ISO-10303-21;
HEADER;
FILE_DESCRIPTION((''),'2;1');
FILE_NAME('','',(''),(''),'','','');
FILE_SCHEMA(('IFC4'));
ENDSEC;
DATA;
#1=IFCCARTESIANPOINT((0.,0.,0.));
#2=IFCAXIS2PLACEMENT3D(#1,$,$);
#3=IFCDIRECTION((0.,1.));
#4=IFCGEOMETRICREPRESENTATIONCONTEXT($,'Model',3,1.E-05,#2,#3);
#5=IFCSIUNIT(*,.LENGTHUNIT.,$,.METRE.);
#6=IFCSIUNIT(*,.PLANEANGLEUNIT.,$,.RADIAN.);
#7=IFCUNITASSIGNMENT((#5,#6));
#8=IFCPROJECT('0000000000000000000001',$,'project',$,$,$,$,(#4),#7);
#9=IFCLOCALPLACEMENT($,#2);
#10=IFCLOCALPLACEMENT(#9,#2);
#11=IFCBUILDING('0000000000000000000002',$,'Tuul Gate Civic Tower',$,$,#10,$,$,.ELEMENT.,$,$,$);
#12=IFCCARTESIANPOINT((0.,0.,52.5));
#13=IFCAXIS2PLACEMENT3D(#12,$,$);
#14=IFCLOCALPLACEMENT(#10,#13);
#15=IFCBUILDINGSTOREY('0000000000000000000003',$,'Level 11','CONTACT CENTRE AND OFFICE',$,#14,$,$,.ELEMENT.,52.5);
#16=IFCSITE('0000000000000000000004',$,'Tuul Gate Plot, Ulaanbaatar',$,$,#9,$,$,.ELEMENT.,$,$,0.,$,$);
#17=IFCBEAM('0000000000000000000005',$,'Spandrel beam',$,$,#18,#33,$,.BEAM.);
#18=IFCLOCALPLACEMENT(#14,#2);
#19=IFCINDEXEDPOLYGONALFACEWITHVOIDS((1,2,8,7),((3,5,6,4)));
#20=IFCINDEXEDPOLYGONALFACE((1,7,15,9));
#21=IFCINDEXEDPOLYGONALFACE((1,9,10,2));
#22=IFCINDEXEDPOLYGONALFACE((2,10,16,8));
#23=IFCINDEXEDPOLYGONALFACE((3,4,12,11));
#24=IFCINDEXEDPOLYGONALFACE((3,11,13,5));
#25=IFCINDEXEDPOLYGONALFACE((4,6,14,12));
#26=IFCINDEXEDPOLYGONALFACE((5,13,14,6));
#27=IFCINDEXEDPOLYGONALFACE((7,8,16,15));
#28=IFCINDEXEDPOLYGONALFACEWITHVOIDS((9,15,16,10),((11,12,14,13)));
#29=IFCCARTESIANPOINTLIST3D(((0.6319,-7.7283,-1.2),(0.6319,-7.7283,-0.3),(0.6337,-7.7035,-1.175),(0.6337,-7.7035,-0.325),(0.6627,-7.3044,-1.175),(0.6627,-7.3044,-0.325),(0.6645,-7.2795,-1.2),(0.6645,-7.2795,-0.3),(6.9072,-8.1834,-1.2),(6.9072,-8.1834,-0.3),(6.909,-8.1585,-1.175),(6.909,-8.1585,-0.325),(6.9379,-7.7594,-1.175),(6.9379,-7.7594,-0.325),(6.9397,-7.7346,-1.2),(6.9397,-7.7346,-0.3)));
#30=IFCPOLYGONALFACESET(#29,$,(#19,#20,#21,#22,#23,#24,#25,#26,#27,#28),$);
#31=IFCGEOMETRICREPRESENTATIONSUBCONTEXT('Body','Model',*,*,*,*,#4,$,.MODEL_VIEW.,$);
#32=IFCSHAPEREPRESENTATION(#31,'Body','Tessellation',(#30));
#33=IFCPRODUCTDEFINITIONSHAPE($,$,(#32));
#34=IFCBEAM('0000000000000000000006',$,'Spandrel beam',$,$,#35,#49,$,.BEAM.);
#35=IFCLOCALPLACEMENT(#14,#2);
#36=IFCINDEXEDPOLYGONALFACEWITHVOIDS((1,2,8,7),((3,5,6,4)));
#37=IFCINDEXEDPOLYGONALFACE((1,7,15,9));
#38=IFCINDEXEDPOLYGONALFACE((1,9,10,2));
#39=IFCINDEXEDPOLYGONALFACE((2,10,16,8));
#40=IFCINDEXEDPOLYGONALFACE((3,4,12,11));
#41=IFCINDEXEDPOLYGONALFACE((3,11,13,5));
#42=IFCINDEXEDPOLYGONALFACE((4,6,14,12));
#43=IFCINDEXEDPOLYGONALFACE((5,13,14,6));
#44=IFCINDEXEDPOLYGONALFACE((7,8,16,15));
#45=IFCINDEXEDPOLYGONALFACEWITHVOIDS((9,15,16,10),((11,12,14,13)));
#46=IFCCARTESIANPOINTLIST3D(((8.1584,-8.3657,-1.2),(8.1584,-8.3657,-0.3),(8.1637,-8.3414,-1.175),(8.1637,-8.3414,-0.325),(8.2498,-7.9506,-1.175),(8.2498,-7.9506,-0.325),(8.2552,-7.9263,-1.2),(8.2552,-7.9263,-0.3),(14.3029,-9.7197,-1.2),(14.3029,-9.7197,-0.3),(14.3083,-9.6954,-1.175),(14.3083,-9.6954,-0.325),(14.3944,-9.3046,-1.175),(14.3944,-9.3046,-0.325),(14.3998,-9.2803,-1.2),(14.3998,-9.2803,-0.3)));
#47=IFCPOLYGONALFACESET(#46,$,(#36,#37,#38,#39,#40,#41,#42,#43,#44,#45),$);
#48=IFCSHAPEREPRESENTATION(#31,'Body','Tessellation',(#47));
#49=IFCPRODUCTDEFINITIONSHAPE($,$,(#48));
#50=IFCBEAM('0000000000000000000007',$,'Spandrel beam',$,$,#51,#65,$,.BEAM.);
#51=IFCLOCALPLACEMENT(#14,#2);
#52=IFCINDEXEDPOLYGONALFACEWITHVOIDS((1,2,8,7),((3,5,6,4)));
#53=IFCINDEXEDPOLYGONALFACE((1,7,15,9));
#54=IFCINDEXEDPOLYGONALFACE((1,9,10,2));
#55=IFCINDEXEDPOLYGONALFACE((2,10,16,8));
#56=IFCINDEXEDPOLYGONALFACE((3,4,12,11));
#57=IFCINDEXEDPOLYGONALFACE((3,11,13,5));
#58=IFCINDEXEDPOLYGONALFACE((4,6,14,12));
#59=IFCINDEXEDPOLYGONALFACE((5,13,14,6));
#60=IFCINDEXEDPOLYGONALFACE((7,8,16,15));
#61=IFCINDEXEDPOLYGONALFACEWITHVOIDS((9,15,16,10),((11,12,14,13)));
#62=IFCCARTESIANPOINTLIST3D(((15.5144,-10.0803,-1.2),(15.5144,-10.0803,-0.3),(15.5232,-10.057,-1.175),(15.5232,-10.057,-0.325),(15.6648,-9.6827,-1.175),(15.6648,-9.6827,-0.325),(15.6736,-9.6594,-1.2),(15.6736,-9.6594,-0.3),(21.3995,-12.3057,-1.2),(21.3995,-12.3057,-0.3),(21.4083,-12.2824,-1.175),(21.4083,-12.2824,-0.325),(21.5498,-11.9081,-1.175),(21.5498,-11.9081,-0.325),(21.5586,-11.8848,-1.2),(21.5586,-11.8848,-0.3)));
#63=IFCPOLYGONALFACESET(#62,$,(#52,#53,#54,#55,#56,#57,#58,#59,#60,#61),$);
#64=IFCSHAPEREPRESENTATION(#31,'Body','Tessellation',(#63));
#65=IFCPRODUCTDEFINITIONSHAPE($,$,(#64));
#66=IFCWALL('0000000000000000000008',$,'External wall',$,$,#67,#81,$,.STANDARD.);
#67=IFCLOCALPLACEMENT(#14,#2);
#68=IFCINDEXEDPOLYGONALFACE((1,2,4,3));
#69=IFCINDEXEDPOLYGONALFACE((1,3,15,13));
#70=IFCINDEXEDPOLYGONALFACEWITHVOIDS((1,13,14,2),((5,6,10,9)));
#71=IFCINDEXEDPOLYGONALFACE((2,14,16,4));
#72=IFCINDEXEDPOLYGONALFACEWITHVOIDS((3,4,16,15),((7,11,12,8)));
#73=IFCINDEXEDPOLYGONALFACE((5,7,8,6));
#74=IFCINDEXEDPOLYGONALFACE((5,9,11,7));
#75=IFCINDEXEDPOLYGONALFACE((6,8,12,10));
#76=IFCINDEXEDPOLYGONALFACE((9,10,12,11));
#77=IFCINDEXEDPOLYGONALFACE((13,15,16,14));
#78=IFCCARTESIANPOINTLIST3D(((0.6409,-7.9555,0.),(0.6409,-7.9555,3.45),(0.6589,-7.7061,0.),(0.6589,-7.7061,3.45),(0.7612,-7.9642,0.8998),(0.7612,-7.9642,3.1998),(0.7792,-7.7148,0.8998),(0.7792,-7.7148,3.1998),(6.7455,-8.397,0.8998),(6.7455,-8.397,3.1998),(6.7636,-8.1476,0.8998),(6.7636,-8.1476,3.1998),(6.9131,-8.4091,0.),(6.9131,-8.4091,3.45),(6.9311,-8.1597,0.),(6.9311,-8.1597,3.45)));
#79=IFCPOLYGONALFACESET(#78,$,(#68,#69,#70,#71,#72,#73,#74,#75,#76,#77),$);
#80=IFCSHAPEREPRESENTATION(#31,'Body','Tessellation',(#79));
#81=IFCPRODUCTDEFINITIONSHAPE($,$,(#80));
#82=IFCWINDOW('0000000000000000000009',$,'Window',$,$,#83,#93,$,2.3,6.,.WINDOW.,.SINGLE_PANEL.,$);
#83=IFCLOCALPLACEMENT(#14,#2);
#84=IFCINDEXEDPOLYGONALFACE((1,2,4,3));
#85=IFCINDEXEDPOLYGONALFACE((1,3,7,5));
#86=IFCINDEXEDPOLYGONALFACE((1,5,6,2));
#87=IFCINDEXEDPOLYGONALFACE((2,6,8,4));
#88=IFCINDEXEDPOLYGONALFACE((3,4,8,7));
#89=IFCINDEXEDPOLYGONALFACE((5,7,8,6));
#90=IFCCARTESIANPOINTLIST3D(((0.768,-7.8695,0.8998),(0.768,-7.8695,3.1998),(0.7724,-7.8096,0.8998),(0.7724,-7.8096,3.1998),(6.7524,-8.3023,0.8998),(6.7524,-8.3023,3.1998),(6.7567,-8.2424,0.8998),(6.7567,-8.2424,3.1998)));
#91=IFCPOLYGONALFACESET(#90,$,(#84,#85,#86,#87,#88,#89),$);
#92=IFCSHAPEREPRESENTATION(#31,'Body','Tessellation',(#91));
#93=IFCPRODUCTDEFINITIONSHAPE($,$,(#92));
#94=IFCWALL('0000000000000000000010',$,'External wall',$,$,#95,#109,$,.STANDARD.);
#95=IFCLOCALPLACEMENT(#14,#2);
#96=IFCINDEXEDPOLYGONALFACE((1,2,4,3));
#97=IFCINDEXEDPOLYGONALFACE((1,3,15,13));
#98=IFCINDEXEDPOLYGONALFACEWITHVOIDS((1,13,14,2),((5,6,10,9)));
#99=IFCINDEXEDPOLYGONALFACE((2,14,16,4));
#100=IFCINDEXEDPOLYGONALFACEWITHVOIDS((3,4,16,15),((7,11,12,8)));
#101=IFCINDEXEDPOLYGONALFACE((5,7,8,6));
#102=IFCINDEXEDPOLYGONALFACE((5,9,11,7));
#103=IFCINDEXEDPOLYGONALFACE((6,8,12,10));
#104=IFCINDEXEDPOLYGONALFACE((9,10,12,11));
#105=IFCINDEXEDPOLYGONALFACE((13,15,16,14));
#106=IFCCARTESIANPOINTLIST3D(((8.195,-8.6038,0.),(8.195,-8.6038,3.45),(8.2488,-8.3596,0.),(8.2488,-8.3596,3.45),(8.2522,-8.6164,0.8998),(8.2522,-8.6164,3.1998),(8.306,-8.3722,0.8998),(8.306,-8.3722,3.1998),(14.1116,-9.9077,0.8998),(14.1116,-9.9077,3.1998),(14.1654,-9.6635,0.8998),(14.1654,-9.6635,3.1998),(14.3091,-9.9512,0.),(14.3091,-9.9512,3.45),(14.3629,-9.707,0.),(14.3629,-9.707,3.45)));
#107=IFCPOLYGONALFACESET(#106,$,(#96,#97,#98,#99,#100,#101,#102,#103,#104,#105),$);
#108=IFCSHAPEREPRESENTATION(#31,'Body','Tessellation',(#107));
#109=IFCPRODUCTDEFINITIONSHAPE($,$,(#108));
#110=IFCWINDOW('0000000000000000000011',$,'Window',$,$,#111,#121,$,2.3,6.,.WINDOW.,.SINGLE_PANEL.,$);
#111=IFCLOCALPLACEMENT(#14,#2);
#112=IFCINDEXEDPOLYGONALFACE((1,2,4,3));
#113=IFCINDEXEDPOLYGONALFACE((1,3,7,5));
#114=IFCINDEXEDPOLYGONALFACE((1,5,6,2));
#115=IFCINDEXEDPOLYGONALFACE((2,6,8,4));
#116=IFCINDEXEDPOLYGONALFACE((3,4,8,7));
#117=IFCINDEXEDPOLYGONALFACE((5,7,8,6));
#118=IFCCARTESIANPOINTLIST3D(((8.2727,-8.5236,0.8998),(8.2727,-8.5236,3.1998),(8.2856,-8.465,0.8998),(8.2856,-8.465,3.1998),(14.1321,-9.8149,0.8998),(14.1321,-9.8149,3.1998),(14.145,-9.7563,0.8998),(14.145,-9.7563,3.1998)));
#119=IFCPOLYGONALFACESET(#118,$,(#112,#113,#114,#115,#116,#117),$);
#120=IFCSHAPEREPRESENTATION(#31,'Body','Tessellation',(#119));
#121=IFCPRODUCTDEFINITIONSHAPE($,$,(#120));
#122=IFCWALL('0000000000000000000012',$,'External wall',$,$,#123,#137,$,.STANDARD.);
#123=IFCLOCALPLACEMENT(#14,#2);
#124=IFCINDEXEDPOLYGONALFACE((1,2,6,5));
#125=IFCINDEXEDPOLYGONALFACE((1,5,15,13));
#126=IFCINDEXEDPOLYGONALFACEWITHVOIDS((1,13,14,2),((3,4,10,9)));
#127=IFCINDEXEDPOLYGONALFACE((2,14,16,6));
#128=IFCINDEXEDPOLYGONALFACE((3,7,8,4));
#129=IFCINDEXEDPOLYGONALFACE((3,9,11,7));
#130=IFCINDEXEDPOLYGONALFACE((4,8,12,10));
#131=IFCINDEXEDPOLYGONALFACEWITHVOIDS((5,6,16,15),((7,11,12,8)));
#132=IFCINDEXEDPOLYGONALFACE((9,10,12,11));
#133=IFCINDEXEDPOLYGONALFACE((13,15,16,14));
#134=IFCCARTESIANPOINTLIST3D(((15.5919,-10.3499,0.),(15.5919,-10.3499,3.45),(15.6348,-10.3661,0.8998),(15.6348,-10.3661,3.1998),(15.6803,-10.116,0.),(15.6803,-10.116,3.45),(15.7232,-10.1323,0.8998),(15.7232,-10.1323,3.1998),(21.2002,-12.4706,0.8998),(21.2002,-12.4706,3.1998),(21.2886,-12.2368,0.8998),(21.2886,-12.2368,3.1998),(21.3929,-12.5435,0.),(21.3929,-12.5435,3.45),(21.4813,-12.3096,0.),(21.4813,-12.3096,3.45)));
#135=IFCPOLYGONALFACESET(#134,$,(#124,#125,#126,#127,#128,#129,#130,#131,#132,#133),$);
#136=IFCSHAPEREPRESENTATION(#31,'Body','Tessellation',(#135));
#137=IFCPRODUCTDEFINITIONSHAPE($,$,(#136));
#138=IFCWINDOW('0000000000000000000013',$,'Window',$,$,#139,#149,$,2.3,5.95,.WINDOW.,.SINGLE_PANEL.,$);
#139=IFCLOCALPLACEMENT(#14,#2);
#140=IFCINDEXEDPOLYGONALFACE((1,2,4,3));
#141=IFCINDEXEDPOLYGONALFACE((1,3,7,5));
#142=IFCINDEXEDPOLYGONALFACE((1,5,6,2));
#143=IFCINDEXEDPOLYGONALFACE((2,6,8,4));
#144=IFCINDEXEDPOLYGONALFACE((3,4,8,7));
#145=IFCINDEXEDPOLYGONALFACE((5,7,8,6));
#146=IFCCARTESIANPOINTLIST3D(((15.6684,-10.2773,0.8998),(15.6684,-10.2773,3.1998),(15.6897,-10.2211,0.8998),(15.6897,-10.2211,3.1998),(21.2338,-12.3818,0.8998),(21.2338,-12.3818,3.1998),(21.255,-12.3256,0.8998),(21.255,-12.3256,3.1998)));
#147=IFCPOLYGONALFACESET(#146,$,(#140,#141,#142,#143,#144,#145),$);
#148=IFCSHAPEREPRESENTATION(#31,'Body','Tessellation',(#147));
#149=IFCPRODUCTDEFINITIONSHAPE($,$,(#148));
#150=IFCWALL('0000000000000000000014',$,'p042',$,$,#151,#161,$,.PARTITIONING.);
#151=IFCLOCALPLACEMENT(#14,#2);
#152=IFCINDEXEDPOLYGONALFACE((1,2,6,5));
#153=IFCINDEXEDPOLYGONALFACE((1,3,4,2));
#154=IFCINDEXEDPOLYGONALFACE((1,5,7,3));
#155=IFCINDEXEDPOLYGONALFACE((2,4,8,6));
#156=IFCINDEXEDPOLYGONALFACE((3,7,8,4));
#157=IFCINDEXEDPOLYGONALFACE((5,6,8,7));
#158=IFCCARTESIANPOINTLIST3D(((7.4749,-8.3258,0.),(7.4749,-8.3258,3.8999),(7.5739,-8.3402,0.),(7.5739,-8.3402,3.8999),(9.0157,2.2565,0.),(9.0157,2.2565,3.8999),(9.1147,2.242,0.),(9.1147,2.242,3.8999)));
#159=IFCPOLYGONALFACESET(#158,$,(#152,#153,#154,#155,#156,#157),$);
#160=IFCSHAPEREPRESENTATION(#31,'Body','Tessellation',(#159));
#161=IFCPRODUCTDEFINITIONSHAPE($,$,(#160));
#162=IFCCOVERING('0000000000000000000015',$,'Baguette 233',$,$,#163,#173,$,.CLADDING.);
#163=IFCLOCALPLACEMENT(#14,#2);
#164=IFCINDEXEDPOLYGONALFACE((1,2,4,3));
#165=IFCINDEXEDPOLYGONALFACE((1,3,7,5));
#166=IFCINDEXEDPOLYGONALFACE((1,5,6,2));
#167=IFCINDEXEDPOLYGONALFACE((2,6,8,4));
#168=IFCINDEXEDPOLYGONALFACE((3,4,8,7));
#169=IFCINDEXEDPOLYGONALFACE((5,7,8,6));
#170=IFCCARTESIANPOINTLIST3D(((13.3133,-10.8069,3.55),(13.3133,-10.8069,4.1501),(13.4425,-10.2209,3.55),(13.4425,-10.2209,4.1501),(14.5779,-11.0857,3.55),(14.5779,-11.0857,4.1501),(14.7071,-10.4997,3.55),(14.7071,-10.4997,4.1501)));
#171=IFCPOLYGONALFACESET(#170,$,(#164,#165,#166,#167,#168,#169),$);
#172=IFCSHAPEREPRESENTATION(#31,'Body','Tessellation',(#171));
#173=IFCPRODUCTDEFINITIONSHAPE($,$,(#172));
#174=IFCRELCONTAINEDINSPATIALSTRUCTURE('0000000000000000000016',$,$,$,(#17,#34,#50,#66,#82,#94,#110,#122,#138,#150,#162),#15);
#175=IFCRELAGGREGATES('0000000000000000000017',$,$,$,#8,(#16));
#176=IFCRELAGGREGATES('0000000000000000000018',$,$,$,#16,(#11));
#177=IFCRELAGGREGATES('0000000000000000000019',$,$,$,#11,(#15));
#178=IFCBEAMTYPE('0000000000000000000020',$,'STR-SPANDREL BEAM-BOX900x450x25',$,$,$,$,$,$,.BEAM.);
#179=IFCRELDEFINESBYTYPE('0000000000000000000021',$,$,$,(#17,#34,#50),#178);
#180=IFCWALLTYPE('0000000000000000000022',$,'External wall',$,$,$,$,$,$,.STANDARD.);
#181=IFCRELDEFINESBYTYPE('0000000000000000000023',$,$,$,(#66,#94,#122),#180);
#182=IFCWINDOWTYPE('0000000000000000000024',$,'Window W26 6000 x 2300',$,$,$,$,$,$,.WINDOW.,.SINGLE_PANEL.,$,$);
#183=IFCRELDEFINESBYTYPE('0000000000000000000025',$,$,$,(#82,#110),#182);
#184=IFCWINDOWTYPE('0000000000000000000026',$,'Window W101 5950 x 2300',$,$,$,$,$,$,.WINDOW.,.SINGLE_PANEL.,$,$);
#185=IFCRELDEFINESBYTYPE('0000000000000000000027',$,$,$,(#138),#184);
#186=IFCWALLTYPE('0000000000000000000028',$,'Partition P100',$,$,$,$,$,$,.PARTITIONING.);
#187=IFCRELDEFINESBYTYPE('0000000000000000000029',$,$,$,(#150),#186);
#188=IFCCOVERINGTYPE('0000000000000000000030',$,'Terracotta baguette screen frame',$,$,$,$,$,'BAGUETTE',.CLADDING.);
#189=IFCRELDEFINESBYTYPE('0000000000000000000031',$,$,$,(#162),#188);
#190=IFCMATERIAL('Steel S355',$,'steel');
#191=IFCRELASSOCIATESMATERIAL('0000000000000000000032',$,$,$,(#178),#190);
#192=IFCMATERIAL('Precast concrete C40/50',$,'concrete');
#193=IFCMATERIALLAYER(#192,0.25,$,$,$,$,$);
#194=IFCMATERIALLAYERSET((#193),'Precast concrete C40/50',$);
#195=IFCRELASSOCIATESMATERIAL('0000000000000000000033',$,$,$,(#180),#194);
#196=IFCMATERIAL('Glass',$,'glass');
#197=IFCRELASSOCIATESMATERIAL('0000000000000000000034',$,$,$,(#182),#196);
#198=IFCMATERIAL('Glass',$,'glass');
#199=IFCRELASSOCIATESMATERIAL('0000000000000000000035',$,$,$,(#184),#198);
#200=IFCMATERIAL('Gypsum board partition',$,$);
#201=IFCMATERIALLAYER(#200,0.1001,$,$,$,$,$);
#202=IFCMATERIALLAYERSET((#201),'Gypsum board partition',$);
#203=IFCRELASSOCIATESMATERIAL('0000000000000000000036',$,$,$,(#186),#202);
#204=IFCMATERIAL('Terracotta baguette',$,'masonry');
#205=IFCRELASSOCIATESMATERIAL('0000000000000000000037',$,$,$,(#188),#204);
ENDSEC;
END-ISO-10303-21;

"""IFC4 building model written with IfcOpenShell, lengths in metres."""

from ifc_helpers import new_model, si_unit, direction, frame, frame_2d, origin, origin_2d, place, context, subcontext, project, spatial, rectangle, hollow_rectangle, extrude, material, layer, layer_set, material_profile, profile_set, type_object, element, fill, save


model = new_model("IFC4")

# Units and contexts
model_context = context("Model", 3, precision=1e-05, world=origin(), true_north=direction((0.0, 1.0)))
body_context = subcontext(model_context, "Body", "Model", "MODEL_VIEW")
ifc_project = project(units=[si_unit("LENGTHUNIT", "METRE"), si_unit("PLANEANGLEUNIT", "RADIAN")], contexts=[model_context])

# Site, building, storey
site_placement = place(None, origin())
site = spatial("IfcSite", under=ifc_project, at=site_placement, Name="Tuul Gate Plot, Ulaanbaatar", CompositionType="ELEMENT", RefElevation=0.0)
building_placement = place(site_placement, origin())
building = spatial("IfcBuilding", under=site, at=building_placement, Name="Tuul Gate Civic Tower", CompositionType="ELEMENT")
storey_placement = place(building_placement, frame((0.0, 0.0, 52.5)))
storey = spatial("IfcBuildingStorey", under=building, at=storey_placement, Name="Level 11", Description="CONTACT CENTRE AND OFFICE", CompositionType="ELEMENT", Elevation=52.5)

# Beams
ifc_material_1 = material(Name="Steel S355", Category="steel")
ifc_material_profile_1 = material_profile(ifc_material_1, hollow_rectangle(XDim=0.45, YDim=0.8999, WallThickness=0.0249, at=origin_2d()), Name="BOX900x450x25")
ifc_profile_set_1 = profile_set([ifc_material_profile_1], Name="Steel S355")
beam_type_1 = type_object("IfcBeamType", Name="STR-SPANDREL BEAM-BOX900x450x25", PredefinedType="BEAM", material=ifc_profile_set_1)
beam_1_placement = place(storey_placement, frame((0.6482, -7.5039, -0.75), z_axis=(0.997381, -0.072328, 0.0), x_axis=(0.072328, 0.997381, 0.0)))
element("IfcBeam", 1, at=beam_1_placement, inside=storey, type_object=beam_type_1, Name="Spandrel beam", PredefinedType="BEAM", context=body_context, shape_type="SweptSolid", body=[
    extrude(hollow_rectangle(XDim=0.45, YDim=0.8999, WallThickness=0.0249, at=origin_2d()), origin(), (0.0, 0.0, 1.0), 6.2917),
])
beam_2_placement = place(storey_placement, frame((8.2068, -8.146, -0.75), z_axis=(0.976571, -0.215196, 0.0), x_axis=(0.215196, 0.976571, 0.0)))
element("IfcBeam", 2, at=beam_2_placement, inside=storey, type_object=beam_type_1, Name="Spandrel beam", PredefinedType="BEAM", context=body_context, shape_type="SweptSolid", body=[
    extrude(hollow_rectangle(XDim=0.45, YDim=0.8999, WallThickness=0.0249, at=origin_2d()), origin(), (0.0, 0.0, 1.0), 6.292),
])
beam_3_placement = place(storey_placement, frame((15.594, -9.8699, -0.75), z_axis=(0.935361, -0.353695, 0.0), x_axis=(0.353695, 0.935361, 0.0)))
element("IfcBeam", 3, at=beam_3_placement, inside=storey, type_object=beam_type_1, Name="Spandrel beam", PredefinedType="BEAM", context=body_context, shape_type="SweptSolid", body=[
    extrude(hollow_rectangle(XDim=0.45, YDim=0.8999, WallThickness=0.0249, at=origin_2d()), origin(), (0.0, 0.0, 1.0), 6.2917),
])

# Walls, openings, windows
ifc_material_2 = material(Name="Precast concrete C40/50", Category="concrete")
ifc_layer_1 = layer(ifc_material_2, 0.25)
ifc_layer_set_1 = layer_set([ifc_layer_1], Name="Precast concrete C40/50")
wall_type_1 = type_object("IfcWallType", Name="External wall", PredefinedType="STANDARD", material=ifc_layer_set_1)
wall_1_placement = place(storey_placement, frame((0.6499, -7.8308, 0.0), z_axis=(0.0, 0.0, 1.0), x_axis=(0.997395, -0.072133, 0.0)))
wall_1 = element("IfcWall", 4, at=wall_1_placement, inside=storey, type_object=wall_type_1, Name="External wall", PredefinedType="STANDARD", context=body_context, shape_type="SweptSolid", body=[
    extrude(rectangle(XDim=6.2886, YDim=0.25, at=frame_2d((3.1443, 0.0))), origin(), (0.0, 0.0, 1.0), 3.45),
])
opening_1_placement = place(wall_1_placement, frame((0.1206, 0.0, 0.8999)))
opening_1 = element("IfcOpeningElement", 5, at=opening_1_placement, cuts=wall_1, PredefinedType="OPENING", context=body_context, shape_type="SweptSolid", body=[
    extrude(rectangle(XDim=6.0, YDim=2.3, at=frame_2d((3.0, 1.1499))), frame((0.0, 0.135, 0.0), z_axis=(0.0, -1.0, 0.0), x_axis=(1.0, 0.0, 0.0)), (0.0, 0.0, 1.0), 0.27),
])
ifc_material_3 = material(Name="Glass", Category="glass")
window_type_1 = type_object("IfcWindowType", Name="Window W26 6000 x 2300", PartitioningType="SINGLE_PANEL", PredefinedType="WINDOW", material=ifc_material_3)
window_1_placement = place(opening_1_placement, origin())
window_1 = element("IfcWindow", 6, at=window_1_placement, inside=storey, type_object=window_type_1, Name="Window", OverallHeight=2.3, OverallWidth=6.0, PartitioningType="SINGLE_PANEL", PredefinedType="WINDOW", context=body_context, shape_type="SweptSolid", body=[
    extrude(rectangle(XDim=6.0, YDim=2.3, at=frame_2d((3.0, 1.1499))), frame((0.0, 0.03, 0.0), z_axis=(0.0, -1.0, 0.0), x_axis=(1.0, 0.0, 0.0)), (0.0, 0.0, 1.0), 0.0601),
])
fill(opening_1, window_1)
wall_2_placement = place(storey_placement, frame((8.2219, -8.4817, 0.0), z_axis=(0.0, 0.0, 1.0), x_axis=(0.976566, -0.215217, 0.0)))
wall_2 = element("IfcWall", 7, at=wall_2_placement, inside=storey, type_object=wall_type_1, Name="External wall", PredefinedType="STANDARD", context=body_context, shape_type="SweptSolid", body=[
    extrude(rectangle(XDim=6.2607, YDim=0.25, at=frame_2d((3.1304, 0.0))), origin(), (0.0, 0.0, 1.0), 3.45),
])
opening_2_placement = place(wall_2_placement, frame((0.0586, 0.0, 0.8999)))
opening_2 = element("IfcOpeningElement", 8, at=opening_2_placement, cuts=wall_2, PredefinedType="OPENING", context=body_context, shape_type="SweptSolid", body=[
    extrude(rectangle(XDim=6.0, YDim=2.3, at=frame_2d((3.0, 1.1499))), frame((0.0, 0.135, 0.0), z_axis=(0.0, -1.0, 0.0), x_axis=(1.0, 0.0, 0.0)), (0.0, 0.0, 1.0), 0.27),
])
window_2_placement = place(opening_2_placement, origin())
window_2 = element("IfcWindow", 9, at=window_2_placement, inside=storey, type_object=window_type_1, Name="Window", OverallHeight=2.3, OverallWidth=6.0, PartitioningType="SINGLE_PANEL", PredefinedType="WINDOW", context=body_context, shape_type="SweptSolid", body=[
    extrude(rectangle(XDim=6.0, YDim=2.3, at=frame_2d((3.0, 1.1499))), frame((0.0, 0.03, 0.0), z_axis=(0.0, -1.0, 0.0), x_axis=(1.0, 0.0, 0.0)), (0.0, 0.0, 1.0), 0.0601),
])
fill(opening_2, window_2)
wall_3_placement = place(storey_placement, frame((15.636, -10.2329, 0.0), z_axis=(0.0, 0.0, 1.0), x_axis=(0.93536, -0.353698, 0.0)))
wall_3 = element("IfcWall", 10, at=wall_3_placement, inside=storey, type_object=wall_type_1, Name="External wall", PredefinedType="STANDARD", context=body_context, shape_type="SweptSolid", body=[
    extrude(rectangle(XDim=6.2019, YDim=0.25, at=frame_2d((3.1011, 0.0))), origin(), (0.0, 0.0, 1.0), 3.45),
])
opening_3_placement = place(wall_3_placement, frame((0.0459, 0.0, 0.8999)))
opening_3 = element("IfcOpeningElement", 11, at=opening_3_placement, cuts=wall_3, PredefinedType="OPENING", context=body_context, shape_type="SweptSolid", body=[
    extrude(rectangle(XDim=5.95, YDim=2.3, at=frame_2d((2.9751, 1.1499))), frame((0.0, 0.135, 0.0), z_axis=(0.0, -1.0, 0.0), x_axis=(1.0, 0.0, 0.0)), (0.0, 0.0, 1.0), 0.27),
])
ifc_material_4 = material(Name="Glass", Category="glass")
window_type_2 = type_object("IfcWindowType", Name="Window W101 5950 x 2300", PartitioningType="SINGLE_PANEL", PredefinedType="WINDOW", material=ifc_material_4)
window_3_placement = place(opening_3_placement, origin())
window_3 = element("IfcWindow", 12, at=window_3_placement, inside=storey, type_object=window_type_2, Name="Window", OverallHeight=2.3, OverallWidth=5.95, PartitioningType="SINGLE_PANEL", PredefinedType="WINDOW", context=body_context, shape_type="SweptSolid", body=[
    extrude(rectangle(XDim=5.95, YDim=2.3, at=frame_2d((2.9751, 1.1499))), frame((0.0, 0.03, 0.0), z_axis=(0.0, -1.0, 0.0), x_axis=(1.0, 0.0, 0.0)), (0.0, 0.0, 1.0), 0.0601),
])
fill(opening_3, window_3)

# Wall
ifc_material_5 = material(Name="Gypsum board partition")
ifc_layer_2 = layer(ifc_material_5, 0.1001)
ifc_layer_set_2 = layer_set([ifc_layer_2], Name="Gypsum board partition")
wall_type_2 = type_object("IfcWallType", Name="Partition P100", PredefinedType="PARTITIONING", material=ifc_layer_set_2)
wall_4_placement = place(storey_placement, frame((7.5244, -8.333, 0.0), z_axis=(0.0, 0.0, 1.0), x_axis=(0.14408, 0.989566, 0.0)))
element("IfcWall", 13, at=wall_4_placement, inside=storey, type_object=wall_type_2, Name="p042", PredefinedType="PARTITIONING", context=body_context, shape_type="SweptSolid", body=[
    extrude(rectangle(XDim=10.6938, YDim=0.1001, at=frame_2d((5.3469, 0.0))), origin(), (0.0, 0.0, 1.0), 3.8999),
])

# Covering
ifc_material_6 = material(Name="Terracotta baguette", Category="masonry")
ifc_material_profile_2 = material_profile(ifc_material_6, rectangle(XDim=0.6001, YDim=0.6001, at=origin_2d()), Name="Terracotta baguette screen frame")
ifc_profile_set_2 = profile_set([ifc_material_profile_2], Name="Terracotta baguette")
covering_type = type_object("IfcCoveringType", Name="Terracotta baguette screen frame", ElementType="BAGUETTE", PredefinedType="CLADDING", material=ifc_profile_set_2)
covering_1_placement = place(storey_placement, frame((13.3779, -10.5139, 3.8501), z_axis=(0.976549, -0.215293, 0.0), x_axis=(0.215293, 0.976549, 0.0)))
element("IfcCovering", 14, at=covering_1_placement, inside=storey, type_object=covering_type, Name="Baguette 233", PredefinedType="CLADDING", context=body_context, shape_type="SweptSolid", body=[
    extrude(rectangle(XDim=0.6001, YDim=0.6001, at=origin_2d()), origin(), (0.0, 0.0, 1.0), 1.2949),
])

save(model, "model.ifc")
